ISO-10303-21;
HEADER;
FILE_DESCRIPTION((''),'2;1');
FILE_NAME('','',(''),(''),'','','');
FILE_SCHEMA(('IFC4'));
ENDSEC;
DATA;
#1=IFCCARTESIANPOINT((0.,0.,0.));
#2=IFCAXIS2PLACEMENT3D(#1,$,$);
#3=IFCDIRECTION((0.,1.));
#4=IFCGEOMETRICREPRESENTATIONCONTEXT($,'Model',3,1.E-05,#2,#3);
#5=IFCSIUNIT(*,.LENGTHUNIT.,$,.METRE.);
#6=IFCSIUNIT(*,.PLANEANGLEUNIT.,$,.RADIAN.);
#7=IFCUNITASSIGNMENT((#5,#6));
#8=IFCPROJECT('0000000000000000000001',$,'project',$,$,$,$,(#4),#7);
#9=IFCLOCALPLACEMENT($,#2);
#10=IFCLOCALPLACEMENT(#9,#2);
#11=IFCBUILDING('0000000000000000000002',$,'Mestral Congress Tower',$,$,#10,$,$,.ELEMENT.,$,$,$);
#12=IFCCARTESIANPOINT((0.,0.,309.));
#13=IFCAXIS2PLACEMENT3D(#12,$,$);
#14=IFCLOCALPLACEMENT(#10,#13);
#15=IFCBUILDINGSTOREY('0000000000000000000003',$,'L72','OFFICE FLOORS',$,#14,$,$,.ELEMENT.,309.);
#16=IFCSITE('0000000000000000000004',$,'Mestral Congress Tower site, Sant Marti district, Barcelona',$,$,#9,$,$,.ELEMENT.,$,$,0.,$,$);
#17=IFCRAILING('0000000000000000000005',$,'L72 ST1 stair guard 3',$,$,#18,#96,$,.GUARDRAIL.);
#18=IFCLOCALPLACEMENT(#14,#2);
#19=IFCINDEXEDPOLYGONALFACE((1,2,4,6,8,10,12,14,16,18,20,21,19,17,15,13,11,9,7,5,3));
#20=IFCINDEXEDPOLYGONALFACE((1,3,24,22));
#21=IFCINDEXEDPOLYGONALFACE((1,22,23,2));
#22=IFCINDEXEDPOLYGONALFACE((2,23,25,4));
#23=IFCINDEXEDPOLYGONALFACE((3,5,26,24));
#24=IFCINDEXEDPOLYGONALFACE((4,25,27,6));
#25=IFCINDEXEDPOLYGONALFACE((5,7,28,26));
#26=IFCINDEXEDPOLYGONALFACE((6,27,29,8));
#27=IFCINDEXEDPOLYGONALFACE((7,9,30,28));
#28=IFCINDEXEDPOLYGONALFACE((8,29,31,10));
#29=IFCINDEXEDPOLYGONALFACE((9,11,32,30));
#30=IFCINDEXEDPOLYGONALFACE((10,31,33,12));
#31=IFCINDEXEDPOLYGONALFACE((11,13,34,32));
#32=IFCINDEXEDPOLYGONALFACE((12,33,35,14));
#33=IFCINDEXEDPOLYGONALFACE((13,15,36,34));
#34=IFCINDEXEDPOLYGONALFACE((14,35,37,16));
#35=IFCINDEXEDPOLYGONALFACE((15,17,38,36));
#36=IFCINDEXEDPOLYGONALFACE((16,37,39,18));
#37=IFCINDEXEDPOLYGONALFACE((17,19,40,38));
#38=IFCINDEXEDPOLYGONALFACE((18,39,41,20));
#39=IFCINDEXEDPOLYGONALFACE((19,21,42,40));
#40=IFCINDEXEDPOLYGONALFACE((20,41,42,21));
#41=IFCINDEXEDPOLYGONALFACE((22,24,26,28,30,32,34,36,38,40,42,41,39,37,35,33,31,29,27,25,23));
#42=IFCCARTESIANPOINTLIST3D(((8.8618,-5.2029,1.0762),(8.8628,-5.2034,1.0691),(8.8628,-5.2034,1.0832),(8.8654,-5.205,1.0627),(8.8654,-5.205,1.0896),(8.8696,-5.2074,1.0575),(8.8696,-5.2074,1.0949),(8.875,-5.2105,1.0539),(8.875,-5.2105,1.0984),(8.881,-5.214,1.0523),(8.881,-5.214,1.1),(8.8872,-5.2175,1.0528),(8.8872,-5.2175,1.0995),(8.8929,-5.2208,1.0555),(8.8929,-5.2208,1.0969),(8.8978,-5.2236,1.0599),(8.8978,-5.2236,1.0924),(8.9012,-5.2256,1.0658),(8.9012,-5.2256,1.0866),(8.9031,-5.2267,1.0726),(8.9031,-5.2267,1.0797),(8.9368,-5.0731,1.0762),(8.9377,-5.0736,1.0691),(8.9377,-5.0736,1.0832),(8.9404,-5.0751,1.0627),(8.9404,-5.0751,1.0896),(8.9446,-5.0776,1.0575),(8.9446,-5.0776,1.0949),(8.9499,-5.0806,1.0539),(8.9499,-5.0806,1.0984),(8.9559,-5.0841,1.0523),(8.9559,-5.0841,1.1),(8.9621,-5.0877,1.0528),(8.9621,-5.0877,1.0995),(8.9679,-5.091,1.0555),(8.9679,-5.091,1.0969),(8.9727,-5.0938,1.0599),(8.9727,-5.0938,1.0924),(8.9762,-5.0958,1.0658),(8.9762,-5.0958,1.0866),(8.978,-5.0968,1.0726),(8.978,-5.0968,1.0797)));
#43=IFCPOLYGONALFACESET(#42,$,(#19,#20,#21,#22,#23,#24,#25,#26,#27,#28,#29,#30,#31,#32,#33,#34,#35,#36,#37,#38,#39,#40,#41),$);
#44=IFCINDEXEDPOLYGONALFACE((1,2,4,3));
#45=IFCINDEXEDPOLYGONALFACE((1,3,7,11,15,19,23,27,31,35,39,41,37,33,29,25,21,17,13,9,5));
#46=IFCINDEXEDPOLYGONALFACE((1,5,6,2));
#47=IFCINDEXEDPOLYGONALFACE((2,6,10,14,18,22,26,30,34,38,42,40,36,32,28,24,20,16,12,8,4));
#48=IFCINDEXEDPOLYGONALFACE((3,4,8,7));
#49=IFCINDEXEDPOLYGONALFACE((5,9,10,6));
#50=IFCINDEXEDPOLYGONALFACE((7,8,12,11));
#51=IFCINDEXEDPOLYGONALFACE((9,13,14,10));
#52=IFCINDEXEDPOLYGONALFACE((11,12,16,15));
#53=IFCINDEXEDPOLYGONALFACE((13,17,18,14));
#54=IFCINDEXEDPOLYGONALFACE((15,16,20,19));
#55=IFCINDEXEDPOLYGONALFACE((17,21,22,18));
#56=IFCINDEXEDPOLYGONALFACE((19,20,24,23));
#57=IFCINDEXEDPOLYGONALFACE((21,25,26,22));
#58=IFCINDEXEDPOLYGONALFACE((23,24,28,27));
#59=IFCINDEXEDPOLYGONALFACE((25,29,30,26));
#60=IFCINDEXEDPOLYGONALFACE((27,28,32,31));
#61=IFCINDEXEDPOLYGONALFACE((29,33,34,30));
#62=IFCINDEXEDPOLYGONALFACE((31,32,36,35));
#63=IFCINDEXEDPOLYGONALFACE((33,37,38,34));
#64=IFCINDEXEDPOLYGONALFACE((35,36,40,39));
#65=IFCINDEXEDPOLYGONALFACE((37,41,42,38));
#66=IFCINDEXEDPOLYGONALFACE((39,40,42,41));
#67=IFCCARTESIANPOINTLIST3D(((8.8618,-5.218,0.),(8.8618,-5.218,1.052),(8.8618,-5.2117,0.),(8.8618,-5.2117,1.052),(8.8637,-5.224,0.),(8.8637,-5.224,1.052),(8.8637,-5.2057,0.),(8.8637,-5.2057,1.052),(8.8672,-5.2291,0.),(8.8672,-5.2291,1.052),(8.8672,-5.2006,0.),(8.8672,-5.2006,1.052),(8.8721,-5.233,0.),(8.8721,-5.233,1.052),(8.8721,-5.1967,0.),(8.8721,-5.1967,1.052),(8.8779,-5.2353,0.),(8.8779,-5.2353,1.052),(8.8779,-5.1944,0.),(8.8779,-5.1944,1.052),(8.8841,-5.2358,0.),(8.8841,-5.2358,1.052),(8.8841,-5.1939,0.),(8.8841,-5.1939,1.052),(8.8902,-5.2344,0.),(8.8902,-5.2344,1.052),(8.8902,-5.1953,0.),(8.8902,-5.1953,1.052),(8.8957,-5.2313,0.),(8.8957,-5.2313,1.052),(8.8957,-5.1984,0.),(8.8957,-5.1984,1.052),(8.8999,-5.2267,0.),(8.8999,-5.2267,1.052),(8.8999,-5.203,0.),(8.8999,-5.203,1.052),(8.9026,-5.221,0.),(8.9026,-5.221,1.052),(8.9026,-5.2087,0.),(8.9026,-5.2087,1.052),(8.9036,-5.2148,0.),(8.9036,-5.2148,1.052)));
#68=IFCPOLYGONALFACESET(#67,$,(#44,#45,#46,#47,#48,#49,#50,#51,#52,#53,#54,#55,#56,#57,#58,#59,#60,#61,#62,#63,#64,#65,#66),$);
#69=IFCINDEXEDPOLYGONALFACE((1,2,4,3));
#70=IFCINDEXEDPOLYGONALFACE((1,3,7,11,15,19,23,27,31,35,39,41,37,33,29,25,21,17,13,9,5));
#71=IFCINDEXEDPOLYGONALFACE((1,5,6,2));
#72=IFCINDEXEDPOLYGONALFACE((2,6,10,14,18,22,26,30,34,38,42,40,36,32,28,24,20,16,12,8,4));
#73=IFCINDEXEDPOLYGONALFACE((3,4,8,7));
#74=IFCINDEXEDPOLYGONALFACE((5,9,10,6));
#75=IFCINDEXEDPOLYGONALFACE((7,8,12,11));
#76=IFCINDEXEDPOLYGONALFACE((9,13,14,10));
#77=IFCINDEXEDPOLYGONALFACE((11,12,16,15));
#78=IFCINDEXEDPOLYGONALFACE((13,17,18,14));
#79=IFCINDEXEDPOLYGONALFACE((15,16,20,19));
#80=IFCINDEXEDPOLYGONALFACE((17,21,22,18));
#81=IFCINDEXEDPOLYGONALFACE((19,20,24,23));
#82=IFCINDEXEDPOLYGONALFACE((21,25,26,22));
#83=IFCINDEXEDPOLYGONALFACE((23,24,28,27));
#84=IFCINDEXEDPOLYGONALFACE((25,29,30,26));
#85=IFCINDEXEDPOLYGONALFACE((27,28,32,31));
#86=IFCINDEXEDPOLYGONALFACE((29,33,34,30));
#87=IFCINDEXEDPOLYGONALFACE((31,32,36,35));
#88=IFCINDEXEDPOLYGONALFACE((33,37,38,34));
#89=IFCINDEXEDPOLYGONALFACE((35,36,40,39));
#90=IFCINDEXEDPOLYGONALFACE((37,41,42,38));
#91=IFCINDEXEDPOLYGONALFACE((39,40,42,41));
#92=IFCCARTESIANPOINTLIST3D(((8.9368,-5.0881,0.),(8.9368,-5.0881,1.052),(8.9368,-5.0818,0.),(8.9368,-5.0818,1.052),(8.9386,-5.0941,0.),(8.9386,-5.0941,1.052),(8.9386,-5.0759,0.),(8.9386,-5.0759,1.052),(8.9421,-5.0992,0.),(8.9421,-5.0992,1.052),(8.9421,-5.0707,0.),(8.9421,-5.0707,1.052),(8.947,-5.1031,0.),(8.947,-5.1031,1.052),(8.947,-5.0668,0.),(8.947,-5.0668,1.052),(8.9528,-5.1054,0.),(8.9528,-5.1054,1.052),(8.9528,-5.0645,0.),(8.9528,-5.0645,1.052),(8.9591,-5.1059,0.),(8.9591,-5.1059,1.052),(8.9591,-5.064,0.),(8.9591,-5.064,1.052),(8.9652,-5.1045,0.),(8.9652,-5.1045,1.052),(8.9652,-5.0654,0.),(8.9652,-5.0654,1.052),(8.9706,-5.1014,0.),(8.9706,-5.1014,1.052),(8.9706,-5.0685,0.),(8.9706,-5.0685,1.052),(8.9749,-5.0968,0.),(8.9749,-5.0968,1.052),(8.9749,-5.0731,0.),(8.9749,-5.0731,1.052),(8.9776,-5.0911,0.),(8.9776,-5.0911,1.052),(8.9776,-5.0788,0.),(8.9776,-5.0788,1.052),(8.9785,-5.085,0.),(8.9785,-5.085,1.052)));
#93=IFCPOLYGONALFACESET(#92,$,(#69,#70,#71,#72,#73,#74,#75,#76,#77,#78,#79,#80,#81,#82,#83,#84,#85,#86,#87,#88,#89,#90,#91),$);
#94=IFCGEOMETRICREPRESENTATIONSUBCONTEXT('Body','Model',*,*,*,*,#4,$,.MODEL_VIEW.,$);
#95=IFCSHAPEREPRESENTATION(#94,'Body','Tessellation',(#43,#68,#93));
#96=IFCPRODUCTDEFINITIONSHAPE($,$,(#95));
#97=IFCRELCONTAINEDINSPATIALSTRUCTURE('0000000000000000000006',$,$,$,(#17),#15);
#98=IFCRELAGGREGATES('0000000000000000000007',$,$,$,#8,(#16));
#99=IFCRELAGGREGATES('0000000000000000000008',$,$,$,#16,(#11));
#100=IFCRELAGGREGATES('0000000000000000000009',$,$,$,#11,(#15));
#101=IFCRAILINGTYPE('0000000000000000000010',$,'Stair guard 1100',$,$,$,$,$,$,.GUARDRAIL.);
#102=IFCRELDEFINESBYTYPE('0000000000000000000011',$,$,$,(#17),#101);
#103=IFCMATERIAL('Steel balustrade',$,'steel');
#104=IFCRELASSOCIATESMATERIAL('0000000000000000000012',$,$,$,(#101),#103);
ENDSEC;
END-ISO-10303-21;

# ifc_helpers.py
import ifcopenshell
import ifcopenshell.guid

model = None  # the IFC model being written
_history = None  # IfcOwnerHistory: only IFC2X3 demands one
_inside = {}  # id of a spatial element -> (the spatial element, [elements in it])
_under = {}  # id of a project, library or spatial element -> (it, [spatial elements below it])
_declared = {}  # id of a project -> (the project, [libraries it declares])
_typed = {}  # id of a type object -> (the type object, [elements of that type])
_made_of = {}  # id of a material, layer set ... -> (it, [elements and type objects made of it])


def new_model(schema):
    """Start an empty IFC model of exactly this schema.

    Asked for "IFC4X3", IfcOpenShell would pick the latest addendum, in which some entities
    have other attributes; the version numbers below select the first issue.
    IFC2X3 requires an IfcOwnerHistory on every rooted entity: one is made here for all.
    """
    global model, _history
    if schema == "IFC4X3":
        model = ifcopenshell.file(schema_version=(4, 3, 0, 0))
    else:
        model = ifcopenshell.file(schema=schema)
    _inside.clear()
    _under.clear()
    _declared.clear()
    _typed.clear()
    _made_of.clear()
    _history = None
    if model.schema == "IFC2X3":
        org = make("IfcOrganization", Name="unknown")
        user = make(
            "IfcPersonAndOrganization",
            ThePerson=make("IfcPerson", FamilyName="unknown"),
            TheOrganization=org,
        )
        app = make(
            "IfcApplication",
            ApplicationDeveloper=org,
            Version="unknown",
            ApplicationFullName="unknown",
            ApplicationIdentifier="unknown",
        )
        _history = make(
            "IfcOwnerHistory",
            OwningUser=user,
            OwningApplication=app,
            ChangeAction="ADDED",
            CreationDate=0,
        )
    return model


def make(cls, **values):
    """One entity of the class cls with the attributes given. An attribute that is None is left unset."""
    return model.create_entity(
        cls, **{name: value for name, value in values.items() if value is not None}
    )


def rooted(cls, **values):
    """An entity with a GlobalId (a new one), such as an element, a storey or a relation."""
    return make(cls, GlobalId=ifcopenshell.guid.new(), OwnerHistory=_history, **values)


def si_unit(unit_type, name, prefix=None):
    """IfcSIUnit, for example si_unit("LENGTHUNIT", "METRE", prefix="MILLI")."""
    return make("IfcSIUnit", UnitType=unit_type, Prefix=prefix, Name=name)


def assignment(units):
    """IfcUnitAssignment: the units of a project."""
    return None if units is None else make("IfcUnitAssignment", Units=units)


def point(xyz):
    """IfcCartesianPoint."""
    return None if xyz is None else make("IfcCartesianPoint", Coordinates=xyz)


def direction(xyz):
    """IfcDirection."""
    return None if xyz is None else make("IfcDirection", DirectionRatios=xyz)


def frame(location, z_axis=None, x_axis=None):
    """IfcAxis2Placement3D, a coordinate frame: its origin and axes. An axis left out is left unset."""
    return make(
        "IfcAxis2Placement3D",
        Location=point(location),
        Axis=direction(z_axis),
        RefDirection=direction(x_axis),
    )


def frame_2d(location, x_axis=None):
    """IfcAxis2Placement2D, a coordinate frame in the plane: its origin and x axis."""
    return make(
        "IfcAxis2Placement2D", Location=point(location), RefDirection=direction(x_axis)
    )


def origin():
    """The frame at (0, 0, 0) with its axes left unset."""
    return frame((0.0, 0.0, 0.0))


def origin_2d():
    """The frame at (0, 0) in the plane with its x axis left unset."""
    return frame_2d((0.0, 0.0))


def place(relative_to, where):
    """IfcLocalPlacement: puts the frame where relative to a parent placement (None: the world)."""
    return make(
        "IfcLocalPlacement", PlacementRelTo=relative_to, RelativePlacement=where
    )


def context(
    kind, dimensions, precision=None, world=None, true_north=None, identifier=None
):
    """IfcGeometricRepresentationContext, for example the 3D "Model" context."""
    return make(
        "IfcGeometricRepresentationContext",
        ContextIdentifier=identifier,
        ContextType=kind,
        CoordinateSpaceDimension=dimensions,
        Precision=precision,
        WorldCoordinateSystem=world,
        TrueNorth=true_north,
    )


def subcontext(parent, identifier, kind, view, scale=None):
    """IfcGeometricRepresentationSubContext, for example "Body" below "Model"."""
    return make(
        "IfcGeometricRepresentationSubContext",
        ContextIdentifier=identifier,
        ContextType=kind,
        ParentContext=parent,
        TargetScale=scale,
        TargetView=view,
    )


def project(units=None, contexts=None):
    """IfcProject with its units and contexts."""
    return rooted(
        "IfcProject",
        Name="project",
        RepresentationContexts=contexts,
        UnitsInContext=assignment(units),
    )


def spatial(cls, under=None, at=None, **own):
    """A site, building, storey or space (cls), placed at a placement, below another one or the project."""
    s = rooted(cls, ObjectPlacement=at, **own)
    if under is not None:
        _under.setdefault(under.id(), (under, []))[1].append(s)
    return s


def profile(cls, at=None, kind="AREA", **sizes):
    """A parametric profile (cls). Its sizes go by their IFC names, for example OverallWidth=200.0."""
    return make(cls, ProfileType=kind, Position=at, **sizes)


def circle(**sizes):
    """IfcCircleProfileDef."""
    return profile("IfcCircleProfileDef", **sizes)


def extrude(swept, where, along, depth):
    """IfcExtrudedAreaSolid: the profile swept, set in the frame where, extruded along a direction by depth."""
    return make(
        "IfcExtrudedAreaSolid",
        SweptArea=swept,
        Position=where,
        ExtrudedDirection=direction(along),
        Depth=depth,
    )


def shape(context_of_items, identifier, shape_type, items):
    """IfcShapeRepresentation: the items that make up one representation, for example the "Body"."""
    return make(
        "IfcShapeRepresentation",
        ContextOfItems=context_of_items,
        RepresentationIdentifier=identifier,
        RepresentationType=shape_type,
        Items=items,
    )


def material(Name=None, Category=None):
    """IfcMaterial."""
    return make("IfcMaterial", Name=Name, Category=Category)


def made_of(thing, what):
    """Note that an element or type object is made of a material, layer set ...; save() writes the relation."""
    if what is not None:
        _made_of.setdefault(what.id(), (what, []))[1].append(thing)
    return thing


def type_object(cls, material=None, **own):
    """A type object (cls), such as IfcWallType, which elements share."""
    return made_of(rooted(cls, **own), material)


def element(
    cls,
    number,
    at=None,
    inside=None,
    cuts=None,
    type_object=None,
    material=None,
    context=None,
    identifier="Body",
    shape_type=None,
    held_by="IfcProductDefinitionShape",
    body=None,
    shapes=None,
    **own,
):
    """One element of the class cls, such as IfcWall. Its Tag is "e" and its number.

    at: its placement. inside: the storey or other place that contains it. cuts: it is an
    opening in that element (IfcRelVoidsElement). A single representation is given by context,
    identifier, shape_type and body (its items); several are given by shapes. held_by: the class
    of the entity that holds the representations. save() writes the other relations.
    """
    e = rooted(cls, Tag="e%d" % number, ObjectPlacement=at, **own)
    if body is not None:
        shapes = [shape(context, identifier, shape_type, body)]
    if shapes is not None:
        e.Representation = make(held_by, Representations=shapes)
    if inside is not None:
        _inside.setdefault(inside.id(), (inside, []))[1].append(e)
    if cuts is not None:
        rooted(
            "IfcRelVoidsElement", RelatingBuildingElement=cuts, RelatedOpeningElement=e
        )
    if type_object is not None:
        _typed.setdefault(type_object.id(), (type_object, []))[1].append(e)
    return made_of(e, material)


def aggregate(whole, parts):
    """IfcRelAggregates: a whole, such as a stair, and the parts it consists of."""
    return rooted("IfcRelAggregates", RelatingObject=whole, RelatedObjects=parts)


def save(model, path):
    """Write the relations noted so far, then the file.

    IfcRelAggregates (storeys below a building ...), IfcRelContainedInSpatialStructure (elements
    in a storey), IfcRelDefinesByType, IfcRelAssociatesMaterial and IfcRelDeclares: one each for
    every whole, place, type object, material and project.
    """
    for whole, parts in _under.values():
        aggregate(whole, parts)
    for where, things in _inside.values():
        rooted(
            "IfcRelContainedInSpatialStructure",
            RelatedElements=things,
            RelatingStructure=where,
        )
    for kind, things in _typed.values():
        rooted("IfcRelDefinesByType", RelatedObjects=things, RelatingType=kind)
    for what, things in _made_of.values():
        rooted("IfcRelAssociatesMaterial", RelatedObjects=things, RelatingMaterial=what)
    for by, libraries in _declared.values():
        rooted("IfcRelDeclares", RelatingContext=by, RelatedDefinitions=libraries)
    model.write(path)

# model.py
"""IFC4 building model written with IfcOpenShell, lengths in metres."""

from ifc_helpers import new_model, si_unit, direction, frame, origin, origin_2d, place, context, subcontext, project, spatial, circle, extrude, material, type_object, element, save


model = new_model("IFC4")

# Units and contexts
model_context = context("Model", 3, precision=1e-05, world=origin(), true_north=direction((0.0, 1.0)))
body_context = subcontext(model_context, "Body", "Model", "MODEL_VIEW")
ifc_project = project(units=[si_unit("LENGTHUNIT", "METRE"), si_unit("PLANEANGLEUNIT", "RADIAN")], contexts=[model_context])

# Site, building, storey
site_placement = place(None, origin())
site = spatial("IfcSite", under=ifc_project, at=site_placement, Name="Mestral Congress Tower site, Sant Marti district, Barcelona", CompositionType="ELEMENT", RefElevation=0.0)
building_placement = place(site_placement, origin())
building = spatial("IfcBuilding", under=site, at=building_placement, Name="Mestral Congress Tower", CompositionType="ELEMENT")
storey_placement = place(building_placement, frame((0.0, 0.0, 309.0)))
storey = spatial("IfcBuildingStorey", under=building, at=storey_placement, Name="L72", Description="OFFICE FLOORS", CompositionType="ELEMENT", Elevation=309.0)

# Railing
ifc_material_1 = material(Name="Steel balustrade", Category="steel")
railing_type_1 = type_object("IfcRailingType", Name="Stair guard 1100", PredefinedType="GUARDRAIL", material=ifc_material_1)
railing_1_placement = place(storey_placement, frame((8.8826, -5.2148, 0.0)))
element("IfcRailing", 1, at=railing_1_placement, inside=storey, type_object=railing_type_1, Name="L72 ST1 stair guard 3", PredefinedType="GUARDRAIL", context=body_context, shape_type="SweptSolid", body=[
    extrude(circle(Radius=0.0239, at=origin_2d()), frame((0.0, 0.0, 1.0762), z_axis=(0.499816, 0.866131, 0.0), x_axis=(-0.866131, 0.499816, 0.0)), (0.0, 0.0, 1.0), 0.1499),
    extrude(circle(Radius=0.021, at=origin_2d()), origin(), (0.0, 0.0, 1.0), 1.052),
    extrude(circle(Radius=0.021, at=origin_2d()), frame((0.075, 0.1299, 0.0)), (0.0, 0.0, 1.0), 1.052),
])

save(model, "model.ifc")
